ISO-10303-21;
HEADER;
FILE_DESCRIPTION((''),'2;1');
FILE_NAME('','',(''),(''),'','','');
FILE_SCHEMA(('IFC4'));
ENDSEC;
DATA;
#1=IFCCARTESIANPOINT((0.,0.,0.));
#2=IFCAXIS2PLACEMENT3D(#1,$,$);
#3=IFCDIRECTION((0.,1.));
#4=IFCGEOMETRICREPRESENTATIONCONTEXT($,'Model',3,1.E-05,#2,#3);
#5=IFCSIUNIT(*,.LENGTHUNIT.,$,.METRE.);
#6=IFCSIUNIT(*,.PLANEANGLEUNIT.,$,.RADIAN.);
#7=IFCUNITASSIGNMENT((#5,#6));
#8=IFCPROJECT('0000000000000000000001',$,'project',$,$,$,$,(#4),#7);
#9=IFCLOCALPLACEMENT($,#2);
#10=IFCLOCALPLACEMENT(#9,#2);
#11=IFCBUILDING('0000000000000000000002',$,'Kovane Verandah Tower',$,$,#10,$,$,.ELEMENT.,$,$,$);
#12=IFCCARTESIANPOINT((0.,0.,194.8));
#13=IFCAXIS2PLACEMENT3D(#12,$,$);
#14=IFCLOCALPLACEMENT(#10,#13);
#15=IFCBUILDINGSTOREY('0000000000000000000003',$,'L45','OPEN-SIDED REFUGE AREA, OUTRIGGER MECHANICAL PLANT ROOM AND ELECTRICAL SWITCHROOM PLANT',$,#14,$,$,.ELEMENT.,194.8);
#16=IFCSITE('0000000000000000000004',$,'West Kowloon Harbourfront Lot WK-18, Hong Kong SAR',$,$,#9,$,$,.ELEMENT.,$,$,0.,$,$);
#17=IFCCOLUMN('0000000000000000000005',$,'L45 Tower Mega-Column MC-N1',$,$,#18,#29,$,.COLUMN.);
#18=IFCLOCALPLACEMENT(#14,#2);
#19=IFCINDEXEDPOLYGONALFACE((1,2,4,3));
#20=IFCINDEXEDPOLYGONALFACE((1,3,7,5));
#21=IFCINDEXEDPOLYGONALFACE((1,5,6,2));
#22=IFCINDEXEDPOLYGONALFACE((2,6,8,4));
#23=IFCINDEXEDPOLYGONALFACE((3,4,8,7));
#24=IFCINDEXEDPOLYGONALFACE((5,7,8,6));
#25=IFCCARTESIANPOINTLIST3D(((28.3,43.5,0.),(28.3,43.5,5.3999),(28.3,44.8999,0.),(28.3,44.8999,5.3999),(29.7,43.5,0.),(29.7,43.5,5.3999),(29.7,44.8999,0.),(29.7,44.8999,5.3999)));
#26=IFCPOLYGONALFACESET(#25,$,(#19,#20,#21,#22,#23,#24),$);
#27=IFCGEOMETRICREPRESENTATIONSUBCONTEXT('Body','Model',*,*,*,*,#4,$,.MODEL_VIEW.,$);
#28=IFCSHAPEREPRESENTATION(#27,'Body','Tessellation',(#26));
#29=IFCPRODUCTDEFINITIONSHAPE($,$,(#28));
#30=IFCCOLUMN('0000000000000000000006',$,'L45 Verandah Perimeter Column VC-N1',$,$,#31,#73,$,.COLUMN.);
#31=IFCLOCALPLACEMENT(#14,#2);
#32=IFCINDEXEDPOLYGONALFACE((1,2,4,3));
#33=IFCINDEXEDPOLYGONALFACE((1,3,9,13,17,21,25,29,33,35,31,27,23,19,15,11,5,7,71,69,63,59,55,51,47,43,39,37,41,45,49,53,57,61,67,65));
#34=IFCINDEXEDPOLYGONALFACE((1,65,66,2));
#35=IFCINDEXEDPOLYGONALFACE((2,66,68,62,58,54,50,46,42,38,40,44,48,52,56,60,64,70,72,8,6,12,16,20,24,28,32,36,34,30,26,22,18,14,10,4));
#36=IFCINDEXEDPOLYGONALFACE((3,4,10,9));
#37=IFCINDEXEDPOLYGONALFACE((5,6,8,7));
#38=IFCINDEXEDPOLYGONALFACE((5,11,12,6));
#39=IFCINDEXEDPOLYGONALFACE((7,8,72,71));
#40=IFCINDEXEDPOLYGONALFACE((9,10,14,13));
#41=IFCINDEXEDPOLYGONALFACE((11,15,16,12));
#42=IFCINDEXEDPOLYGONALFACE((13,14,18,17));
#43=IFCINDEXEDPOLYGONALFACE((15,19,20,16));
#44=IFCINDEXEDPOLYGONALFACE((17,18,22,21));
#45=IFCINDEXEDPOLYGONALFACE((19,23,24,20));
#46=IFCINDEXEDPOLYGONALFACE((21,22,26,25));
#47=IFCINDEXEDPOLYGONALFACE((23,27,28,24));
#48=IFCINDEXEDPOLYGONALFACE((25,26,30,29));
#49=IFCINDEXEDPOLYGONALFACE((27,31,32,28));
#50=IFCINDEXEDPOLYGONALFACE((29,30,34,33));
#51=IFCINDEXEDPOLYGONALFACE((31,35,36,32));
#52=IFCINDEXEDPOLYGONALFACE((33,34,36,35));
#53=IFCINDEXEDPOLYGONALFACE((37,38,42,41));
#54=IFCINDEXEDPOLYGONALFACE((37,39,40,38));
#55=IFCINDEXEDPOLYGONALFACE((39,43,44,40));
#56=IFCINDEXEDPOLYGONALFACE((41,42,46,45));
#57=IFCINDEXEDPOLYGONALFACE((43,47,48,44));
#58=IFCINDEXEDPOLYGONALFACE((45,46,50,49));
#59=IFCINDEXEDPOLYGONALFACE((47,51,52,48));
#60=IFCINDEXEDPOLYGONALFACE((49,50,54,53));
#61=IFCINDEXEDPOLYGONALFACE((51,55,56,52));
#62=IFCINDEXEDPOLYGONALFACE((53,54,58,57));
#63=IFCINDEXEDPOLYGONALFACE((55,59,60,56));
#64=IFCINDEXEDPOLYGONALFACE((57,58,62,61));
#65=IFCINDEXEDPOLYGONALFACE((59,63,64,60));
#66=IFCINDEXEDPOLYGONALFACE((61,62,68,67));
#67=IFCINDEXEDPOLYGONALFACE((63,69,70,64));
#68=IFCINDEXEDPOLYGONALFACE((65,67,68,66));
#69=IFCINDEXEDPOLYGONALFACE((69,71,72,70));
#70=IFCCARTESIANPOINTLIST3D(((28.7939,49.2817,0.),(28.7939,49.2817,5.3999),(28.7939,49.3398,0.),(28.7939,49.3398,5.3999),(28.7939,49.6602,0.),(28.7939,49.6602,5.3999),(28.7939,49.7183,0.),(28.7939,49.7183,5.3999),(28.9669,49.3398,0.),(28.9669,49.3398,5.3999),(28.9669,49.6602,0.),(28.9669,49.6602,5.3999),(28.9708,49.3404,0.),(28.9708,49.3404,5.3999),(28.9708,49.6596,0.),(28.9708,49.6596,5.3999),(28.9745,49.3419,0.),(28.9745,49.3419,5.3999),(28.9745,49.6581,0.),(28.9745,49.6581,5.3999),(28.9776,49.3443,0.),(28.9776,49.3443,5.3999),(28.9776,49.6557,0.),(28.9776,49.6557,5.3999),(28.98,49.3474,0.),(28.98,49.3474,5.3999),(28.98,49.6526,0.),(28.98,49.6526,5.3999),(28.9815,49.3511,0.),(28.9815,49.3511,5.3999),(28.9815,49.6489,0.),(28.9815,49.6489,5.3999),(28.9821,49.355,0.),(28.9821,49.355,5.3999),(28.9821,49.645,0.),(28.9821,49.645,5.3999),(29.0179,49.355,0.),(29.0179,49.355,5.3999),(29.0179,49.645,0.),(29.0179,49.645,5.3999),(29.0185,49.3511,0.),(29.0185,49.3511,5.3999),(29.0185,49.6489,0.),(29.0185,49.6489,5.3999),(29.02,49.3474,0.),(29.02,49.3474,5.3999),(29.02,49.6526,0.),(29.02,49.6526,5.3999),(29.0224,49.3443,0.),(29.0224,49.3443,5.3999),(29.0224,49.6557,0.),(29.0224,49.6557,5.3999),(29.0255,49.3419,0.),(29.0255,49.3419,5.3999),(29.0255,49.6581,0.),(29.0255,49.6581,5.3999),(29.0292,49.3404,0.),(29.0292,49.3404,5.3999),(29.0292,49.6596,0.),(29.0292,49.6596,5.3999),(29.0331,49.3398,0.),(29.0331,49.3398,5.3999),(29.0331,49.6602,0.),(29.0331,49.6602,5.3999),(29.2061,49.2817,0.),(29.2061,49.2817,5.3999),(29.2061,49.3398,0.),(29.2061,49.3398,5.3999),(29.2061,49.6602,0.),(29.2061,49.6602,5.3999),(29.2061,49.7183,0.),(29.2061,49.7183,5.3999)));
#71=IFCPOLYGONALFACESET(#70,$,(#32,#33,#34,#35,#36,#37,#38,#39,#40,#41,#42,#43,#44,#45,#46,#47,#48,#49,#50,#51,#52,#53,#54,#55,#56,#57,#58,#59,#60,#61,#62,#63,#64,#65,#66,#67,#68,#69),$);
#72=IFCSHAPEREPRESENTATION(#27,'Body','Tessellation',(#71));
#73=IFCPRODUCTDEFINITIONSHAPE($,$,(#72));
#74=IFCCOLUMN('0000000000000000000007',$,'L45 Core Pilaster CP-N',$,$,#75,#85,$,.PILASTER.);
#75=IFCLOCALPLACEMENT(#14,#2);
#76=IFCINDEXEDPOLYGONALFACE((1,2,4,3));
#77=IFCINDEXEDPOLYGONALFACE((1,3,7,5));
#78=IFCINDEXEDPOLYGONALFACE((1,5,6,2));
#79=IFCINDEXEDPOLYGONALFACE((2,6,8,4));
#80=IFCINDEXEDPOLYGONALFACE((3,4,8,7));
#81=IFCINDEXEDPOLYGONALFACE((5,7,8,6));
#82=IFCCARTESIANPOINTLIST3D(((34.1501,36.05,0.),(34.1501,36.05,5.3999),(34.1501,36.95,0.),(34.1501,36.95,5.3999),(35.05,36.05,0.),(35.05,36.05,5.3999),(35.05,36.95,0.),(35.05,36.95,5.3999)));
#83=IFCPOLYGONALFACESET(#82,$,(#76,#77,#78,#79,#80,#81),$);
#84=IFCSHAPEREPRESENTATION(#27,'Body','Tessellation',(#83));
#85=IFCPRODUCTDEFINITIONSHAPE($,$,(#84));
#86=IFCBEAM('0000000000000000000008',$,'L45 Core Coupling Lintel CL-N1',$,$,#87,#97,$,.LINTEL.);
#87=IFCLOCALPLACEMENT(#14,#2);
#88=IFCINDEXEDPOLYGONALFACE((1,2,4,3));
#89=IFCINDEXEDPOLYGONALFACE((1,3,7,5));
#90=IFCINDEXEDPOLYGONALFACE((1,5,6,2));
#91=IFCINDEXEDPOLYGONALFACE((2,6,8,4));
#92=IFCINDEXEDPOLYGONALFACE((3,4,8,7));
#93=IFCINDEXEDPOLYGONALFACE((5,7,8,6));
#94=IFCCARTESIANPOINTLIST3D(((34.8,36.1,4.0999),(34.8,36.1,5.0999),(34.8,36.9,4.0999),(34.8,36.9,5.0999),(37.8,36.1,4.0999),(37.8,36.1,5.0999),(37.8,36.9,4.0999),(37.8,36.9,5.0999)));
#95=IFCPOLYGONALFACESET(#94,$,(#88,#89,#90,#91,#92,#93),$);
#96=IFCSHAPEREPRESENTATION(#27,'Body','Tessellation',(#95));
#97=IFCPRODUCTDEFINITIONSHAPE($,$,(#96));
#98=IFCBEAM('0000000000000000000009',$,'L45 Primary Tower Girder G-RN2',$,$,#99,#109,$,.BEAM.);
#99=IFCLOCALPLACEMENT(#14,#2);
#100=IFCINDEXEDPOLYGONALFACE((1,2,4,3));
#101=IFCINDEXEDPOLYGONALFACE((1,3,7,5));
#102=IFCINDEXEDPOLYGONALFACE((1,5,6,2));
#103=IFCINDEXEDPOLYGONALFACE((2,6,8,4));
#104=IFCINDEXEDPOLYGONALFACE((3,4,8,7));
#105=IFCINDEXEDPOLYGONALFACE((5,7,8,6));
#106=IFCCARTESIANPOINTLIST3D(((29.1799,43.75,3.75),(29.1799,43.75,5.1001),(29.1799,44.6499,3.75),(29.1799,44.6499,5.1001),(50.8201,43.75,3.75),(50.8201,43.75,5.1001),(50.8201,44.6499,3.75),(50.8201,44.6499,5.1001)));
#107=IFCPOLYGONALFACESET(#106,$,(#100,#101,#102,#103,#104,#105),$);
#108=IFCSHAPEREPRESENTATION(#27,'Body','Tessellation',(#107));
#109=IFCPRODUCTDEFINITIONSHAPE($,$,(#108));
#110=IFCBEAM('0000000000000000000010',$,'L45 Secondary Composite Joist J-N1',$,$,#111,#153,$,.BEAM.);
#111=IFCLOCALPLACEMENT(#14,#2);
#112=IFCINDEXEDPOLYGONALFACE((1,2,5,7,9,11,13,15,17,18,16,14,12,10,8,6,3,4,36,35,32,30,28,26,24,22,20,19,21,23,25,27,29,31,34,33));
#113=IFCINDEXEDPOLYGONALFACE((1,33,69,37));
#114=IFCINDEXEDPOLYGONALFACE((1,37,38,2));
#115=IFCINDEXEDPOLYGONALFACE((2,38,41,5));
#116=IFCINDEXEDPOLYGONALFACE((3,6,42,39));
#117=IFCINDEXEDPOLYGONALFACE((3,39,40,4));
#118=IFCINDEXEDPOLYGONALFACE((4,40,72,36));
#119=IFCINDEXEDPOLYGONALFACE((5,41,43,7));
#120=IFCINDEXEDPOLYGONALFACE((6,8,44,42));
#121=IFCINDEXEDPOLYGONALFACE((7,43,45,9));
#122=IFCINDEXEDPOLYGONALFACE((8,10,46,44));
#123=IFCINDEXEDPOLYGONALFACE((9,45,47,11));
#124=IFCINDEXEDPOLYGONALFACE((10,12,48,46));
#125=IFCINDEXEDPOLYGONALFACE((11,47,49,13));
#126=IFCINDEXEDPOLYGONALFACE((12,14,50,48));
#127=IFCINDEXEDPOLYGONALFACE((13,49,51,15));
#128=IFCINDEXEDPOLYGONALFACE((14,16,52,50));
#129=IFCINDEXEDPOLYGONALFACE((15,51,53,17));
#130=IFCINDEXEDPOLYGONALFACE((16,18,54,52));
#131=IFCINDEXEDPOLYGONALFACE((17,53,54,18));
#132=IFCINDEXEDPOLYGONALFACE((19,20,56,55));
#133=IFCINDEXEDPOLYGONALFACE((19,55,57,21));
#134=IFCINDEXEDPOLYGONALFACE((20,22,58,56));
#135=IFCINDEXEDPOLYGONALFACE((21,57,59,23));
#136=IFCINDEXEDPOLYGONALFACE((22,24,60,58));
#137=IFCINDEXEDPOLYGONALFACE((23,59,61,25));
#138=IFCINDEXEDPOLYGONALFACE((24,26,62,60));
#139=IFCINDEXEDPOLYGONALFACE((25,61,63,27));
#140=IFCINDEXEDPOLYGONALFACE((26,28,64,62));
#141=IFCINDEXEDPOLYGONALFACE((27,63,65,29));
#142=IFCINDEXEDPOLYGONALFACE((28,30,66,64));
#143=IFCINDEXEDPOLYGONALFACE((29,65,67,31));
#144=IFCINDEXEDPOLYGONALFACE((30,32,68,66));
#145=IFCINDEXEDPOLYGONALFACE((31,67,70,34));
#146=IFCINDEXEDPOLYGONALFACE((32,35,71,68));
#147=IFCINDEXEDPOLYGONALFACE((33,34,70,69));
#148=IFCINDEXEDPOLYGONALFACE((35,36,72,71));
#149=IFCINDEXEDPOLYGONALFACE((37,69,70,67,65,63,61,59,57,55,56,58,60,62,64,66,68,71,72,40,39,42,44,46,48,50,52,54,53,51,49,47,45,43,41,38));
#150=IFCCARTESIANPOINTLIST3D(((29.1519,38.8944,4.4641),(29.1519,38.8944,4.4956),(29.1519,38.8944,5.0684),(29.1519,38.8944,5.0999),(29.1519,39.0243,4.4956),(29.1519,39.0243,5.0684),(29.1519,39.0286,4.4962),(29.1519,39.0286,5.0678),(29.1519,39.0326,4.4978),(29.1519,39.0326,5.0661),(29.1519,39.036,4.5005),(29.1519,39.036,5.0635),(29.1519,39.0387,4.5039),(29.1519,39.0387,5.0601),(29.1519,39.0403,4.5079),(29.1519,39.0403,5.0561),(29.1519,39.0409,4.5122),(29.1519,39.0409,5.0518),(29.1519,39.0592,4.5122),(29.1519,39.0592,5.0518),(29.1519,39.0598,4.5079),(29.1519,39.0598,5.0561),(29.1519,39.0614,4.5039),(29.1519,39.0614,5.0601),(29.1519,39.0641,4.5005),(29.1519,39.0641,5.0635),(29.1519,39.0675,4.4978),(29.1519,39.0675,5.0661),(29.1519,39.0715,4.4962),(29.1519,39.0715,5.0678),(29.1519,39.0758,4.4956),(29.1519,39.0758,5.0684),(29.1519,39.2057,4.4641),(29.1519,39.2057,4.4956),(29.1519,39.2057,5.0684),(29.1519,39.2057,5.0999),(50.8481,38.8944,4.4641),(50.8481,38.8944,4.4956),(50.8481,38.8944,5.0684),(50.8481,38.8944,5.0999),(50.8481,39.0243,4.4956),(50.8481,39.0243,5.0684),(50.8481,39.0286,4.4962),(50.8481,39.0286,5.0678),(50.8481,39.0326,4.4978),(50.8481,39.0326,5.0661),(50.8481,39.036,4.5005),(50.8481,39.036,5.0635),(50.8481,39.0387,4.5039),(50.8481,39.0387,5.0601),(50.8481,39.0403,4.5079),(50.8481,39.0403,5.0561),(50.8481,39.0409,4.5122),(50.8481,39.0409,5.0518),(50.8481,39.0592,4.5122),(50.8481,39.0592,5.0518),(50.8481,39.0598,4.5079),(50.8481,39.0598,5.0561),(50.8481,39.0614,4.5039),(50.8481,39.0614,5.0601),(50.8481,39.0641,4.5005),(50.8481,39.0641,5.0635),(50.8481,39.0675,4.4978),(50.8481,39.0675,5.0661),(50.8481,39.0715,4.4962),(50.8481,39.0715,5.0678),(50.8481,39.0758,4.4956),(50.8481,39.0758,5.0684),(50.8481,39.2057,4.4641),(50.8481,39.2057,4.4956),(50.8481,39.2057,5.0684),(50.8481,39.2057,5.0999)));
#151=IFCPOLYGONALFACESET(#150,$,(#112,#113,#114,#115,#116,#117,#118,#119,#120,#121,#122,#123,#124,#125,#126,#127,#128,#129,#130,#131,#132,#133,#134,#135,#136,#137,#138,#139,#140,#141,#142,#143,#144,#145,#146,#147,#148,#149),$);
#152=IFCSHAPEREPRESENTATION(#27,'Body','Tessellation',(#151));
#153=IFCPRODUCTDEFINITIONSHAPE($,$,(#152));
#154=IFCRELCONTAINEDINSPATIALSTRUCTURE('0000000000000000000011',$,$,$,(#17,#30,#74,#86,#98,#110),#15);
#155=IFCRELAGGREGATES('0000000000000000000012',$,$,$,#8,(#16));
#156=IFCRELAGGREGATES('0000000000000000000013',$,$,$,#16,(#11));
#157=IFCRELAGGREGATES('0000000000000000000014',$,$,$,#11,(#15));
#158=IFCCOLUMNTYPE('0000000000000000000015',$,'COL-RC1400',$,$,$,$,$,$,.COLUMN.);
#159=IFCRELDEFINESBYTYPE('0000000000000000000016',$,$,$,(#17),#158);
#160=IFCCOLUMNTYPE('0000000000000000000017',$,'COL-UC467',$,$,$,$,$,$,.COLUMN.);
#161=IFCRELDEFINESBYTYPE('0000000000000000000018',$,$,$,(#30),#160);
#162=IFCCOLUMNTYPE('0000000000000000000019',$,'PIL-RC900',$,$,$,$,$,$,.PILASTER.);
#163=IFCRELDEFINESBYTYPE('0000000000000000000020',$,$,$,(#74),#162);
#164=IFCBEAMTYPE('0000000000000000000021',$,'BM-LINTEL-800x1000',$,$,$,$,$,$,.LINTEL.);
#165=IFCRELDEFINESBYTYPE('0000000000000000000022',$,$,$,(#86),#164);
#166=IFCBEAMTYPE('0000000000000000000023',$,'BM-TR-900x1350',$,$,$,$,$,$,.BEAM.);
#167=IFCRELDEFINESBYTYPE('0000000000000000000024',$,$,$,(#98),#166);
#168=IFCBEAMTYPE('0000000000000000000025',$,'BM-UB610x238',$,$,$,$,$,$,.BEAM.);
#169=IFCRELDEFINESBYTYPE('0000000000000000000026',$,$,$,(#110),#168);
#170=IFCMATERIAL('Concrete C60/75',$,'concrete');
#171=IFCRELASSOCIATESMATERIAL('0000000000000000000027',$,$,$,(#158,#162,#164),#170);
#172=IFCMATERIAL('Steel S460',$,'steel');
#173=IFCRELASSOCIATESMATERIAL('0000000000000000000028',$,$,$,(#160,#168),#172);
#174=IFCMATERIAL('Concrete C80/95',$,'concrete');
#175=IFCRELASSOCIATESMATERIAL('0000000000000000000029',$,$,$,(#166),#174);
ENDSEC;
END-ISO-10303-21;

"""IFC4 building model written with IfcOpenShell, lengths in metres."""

from ifc_helpers import new_model, si_unit, direction, frame, origin, origin_2d, place, context, subcontext, project, spatial, rectangle, i_section, extrude, material, material_profile, profile_set, type_object, element, save


model = new_model("IFC4")

# Units and contexts
model_context = context("Model", 3, precision=1e-05, world=origin(), true_north=direction((0.0, 1.0)))
body_context = subcontext(model_context, "Body", "Model", "MODEL_VIEW")
ifc_project = project(units=[si_unit("LENGTHUNIT", "METRE"), si_unit("PLANEANGLEUNIT", "RADIAN")], contexts=[model_context])

# Site, building, storey
site_placement = place(None, origin())
site = spatial("IfcSite", under=ifc_project, at=site_placement, Name="West Kowloon Harbourfront Lot WK-18, Hong Kong SAR", CompositionType="ELEMENT", RefElevation=0.0)
building_placement = place(site_placement, origin())
building = spatial("IfcBuilding", under=site, at=building_placement, Name="Kovane Verandah Tower", CompositionType="ELEMENT")
storey_placement = place(building_placement, frame((0.0, 0.0, 194.8)))
storey = spatial("IfcBuildingStorey", under=building, at=storey_placement, Name="L45", Description="OPEN-SIDED REFUGE AREA, OUTRIGGER MECHANICAL PLANT ROOM AND ELECTRICAL SWITCHROOM PLANT", CompositionType="ELEMENT", Elevation=194.8)

# Columns
ifc_material_1 = material(Name="Concrete C60/75", Category="concrete")
ifc_material_profile_1 = material_profile(ifc_material_1, rectangle(XDim=1.3999, YDim=1.3999, at=origin_2d()), Name="RC1400x1400")
ifc_profile_set_1 = profile_set([ifc_material_profile_1], Name="Concrete C60/75")
column_type_1 = type_object("IfcColumnType", Name="COL-RC1400", PredefinedType="COLUMN", material=ifc_profile_set_1)
column_1_placement = place(storey_placement, frame((29.0, 44.2, 0.0), z_axis=(0.0, 0.0, 1.0), x_axis=(1.0, 0.0, 0.0)))
element("IfcColumn", 1, at=column_1_placement, inside=storey, type_object=column_type_1, Name="L45 Tower Mega-Column MC-N1", PredefinedType="COLUMN", context=body_context, shape_type="SweptSolid", body=[
    extrude(rectangle(XDim=1.3999, YDim=1.3999, at=origin_2d()), origin(), (0.0, 0.0, 1.0), 5.3999),
])
ifc_material_2 = material(Name="Steel S460", Category="steel")
ifc_material_profile_2 = material_profile(ifc_material_2, i_section(OverallWidth=0.4121, OverallDepth=0.4365, WebThickness=0.0359, FlangeThickness=0.0581, FilletRadius=0.0151, at=origin_2d()), Name="UC356x406x467")
ifc_profile_set_2 = profile_set([ifc_material_profile_2], Name="Steel S460")
column_type_2 = type_object("IfcColumnType", Name="COL-UC467", PredefinedType="COLUMN", material=ifc_profile_set_2)
column_2_placement = place(storey_placement, frame((29.0, 49.5, 0.0), z_axis=(0.0, 0.0, 1.0), x_axis=(1.0, 0.0, 0.0)))
element("IfcColumn", 2, at=column_2_placement, inside=storey, type_object=column_type_2, Name="L45 Verandah Perimeter Column VC-N1", PredefinedType="COLUMN", context=body_context, shape_type="SweptSolid", body=[
    extrude(i_section(OverallWidth=0.4121, OverallDepth=0.4365, WebThickness=0.0359, FlangeThickness=0.0581, FilletRadius=0.0151, at=origin_2d()), origin(), (0.0, 0.0, 1.0), 5.3999),
])
ifc_material_profile_3 = material_profile(ifc_material_1, rectangle(XDim=0.8999, YDim=0.8999, at=origin_2d()), Name="RC900x900")
ifc_profile_set_3 = profile_set([ifc_material_profile_3], Name="Concrete C60/75")
column_type_3 = type_object("IfcColumnType", Name="PIL-RC900", PredefinedType="PILASTER", material=ifc_profile_set_3)
column_3_placement = place(storey_placement, frame((34.6001, 36.5, 0.0), z_axis=(0.0, 0.0, 1.0), x_axis=(1.0, 0.0, 0.0)))
element("IfcColumn", 3, at=column_3_placement, inside=storey, type_object=column_type_3, Name="L45 Core Pilaster CP-N", PredefinedType="PILASTER", context=body_context, shape_type="SweptSolid", body=[
    extrude(rectangle(XDim=0.8999, YDim=0.8999, at=origin_2d()), origin(), (0.0, 0.0, 1.0), 5.3999),
])

# Beams
ifc_material_profile_4 = material_profile(ifc_material_1, rectangle(XDim=0.8, YDim=1.0, at=origin_2d()), Name="RCB800x1000")
ifc_profile_set_4 = profile_set([ifc_material_profile_4], Name="Concrete C60/75")
beam_type_1 = type_object("IfcBeamType", Name="BM-LINTEL-800x1000", PredefinedType="LINTEL", material=ifc_profile_set_4)
beam_1_placement = place(storey_placement, frame((34.8, 36.5, 4.5999), z_axis=(1.0, 0.0, 0.0), x_axis=(0.0, 1.0, 0.0)))
element("IfcBeam", 4, at=beam_1_placement, inside=storey, type_object=beam_type_1, Name="L45 Core Coupling Lintel CL-N1", PredefinedType="LINTEL", context=body_context, shape_type="SweptSolid", body=[
    extrude(rectangle(XDim=0.8, YDim=1.0, at=origin_2d()), origin(), (0.0, 0.0, 1.0), 3.0),
])
ifc_material_3 = material(Name="Concrete C80/95", Category="concrete")
ifc_material_profile_5 = material_profile(ifc_material_3, rectangle(XDim=0.8999, YDim=1.3501, at=origin_2d()), Name="RCB900x1350")
ifc_profile_set_5 = profile_set([ifc_material_profile_5], Name="Concrete C80/95")
beam_type_2 = type_object("IfcBeamType", Name="BM-TR-900x1350", PredefinedType="BEAM", material=ifc_profile_set_5)
beam_2_placement = place(storey_placement, frame((29.1799, 44.2, 4.425), z_axis=(1.0, 0.0, 0.0), x_axis=(0.0, 1.0, 0.0)))
element("IfcBeam", 5, at=beam_2_placement, inside=storey, type_object=beam_type_2, Name="L45 Primary Tower Girder G-RN2", PredefinedType="BEAM", context=body_context, shape_type="SweptSolid", body=[
    extrude(rectangle(XDim=0.8999, YDim=1.3501, at=origin_2d()), origin(), (0.0, 0.0, 1.0), 21.6401),
])
ifc_material_profile_6 = material_profile(ifc_material_2, i_section(OverallWidth=0.3113, OverallDepth=0.6357, WebThickness=0.0183, FlangeThickness=0.0315, FilletRadius=0.0166, at=origin_2d()), Name="UB610x305x238")
ifc_profile_set_6 = profile_set([ifc_material_profile_6], Name="Steel S460")
beam_type_3 = type_object("IfcBeamType", Name="BM-UB610x238", PredefinedType="BEAM", material=ifc_profile_set_6)
for number, where, z_axis, x_axis, name in (
    (6, (29.1519, 39.05, 4.782), (1.0, 0.0, 0.0), (0.0, 1.0, 0.0), "L45 Secondary Composite Joist J-N1"),
):
    element("IfcBeam", number, at=place(storey_placement, frame(where, z_axis=z_axis, x_axis=x_axis)), inside=storey, type_object=beam_type_3, Name=name, PredefinedType="BEAM", context=body_context, shape_type="SweptSolid", body=[
        extrude(i_section(OverallWidth=0.3113, OverallDepth=0.6357, WebThickness=0.0183, FlangeThickness=0.0315, FilletRadius=0.0166, at=origin_2d()), origin(), (0.0, 0.0, 1.0), 21.6963),
    ])

save(model, "model.ifc")
